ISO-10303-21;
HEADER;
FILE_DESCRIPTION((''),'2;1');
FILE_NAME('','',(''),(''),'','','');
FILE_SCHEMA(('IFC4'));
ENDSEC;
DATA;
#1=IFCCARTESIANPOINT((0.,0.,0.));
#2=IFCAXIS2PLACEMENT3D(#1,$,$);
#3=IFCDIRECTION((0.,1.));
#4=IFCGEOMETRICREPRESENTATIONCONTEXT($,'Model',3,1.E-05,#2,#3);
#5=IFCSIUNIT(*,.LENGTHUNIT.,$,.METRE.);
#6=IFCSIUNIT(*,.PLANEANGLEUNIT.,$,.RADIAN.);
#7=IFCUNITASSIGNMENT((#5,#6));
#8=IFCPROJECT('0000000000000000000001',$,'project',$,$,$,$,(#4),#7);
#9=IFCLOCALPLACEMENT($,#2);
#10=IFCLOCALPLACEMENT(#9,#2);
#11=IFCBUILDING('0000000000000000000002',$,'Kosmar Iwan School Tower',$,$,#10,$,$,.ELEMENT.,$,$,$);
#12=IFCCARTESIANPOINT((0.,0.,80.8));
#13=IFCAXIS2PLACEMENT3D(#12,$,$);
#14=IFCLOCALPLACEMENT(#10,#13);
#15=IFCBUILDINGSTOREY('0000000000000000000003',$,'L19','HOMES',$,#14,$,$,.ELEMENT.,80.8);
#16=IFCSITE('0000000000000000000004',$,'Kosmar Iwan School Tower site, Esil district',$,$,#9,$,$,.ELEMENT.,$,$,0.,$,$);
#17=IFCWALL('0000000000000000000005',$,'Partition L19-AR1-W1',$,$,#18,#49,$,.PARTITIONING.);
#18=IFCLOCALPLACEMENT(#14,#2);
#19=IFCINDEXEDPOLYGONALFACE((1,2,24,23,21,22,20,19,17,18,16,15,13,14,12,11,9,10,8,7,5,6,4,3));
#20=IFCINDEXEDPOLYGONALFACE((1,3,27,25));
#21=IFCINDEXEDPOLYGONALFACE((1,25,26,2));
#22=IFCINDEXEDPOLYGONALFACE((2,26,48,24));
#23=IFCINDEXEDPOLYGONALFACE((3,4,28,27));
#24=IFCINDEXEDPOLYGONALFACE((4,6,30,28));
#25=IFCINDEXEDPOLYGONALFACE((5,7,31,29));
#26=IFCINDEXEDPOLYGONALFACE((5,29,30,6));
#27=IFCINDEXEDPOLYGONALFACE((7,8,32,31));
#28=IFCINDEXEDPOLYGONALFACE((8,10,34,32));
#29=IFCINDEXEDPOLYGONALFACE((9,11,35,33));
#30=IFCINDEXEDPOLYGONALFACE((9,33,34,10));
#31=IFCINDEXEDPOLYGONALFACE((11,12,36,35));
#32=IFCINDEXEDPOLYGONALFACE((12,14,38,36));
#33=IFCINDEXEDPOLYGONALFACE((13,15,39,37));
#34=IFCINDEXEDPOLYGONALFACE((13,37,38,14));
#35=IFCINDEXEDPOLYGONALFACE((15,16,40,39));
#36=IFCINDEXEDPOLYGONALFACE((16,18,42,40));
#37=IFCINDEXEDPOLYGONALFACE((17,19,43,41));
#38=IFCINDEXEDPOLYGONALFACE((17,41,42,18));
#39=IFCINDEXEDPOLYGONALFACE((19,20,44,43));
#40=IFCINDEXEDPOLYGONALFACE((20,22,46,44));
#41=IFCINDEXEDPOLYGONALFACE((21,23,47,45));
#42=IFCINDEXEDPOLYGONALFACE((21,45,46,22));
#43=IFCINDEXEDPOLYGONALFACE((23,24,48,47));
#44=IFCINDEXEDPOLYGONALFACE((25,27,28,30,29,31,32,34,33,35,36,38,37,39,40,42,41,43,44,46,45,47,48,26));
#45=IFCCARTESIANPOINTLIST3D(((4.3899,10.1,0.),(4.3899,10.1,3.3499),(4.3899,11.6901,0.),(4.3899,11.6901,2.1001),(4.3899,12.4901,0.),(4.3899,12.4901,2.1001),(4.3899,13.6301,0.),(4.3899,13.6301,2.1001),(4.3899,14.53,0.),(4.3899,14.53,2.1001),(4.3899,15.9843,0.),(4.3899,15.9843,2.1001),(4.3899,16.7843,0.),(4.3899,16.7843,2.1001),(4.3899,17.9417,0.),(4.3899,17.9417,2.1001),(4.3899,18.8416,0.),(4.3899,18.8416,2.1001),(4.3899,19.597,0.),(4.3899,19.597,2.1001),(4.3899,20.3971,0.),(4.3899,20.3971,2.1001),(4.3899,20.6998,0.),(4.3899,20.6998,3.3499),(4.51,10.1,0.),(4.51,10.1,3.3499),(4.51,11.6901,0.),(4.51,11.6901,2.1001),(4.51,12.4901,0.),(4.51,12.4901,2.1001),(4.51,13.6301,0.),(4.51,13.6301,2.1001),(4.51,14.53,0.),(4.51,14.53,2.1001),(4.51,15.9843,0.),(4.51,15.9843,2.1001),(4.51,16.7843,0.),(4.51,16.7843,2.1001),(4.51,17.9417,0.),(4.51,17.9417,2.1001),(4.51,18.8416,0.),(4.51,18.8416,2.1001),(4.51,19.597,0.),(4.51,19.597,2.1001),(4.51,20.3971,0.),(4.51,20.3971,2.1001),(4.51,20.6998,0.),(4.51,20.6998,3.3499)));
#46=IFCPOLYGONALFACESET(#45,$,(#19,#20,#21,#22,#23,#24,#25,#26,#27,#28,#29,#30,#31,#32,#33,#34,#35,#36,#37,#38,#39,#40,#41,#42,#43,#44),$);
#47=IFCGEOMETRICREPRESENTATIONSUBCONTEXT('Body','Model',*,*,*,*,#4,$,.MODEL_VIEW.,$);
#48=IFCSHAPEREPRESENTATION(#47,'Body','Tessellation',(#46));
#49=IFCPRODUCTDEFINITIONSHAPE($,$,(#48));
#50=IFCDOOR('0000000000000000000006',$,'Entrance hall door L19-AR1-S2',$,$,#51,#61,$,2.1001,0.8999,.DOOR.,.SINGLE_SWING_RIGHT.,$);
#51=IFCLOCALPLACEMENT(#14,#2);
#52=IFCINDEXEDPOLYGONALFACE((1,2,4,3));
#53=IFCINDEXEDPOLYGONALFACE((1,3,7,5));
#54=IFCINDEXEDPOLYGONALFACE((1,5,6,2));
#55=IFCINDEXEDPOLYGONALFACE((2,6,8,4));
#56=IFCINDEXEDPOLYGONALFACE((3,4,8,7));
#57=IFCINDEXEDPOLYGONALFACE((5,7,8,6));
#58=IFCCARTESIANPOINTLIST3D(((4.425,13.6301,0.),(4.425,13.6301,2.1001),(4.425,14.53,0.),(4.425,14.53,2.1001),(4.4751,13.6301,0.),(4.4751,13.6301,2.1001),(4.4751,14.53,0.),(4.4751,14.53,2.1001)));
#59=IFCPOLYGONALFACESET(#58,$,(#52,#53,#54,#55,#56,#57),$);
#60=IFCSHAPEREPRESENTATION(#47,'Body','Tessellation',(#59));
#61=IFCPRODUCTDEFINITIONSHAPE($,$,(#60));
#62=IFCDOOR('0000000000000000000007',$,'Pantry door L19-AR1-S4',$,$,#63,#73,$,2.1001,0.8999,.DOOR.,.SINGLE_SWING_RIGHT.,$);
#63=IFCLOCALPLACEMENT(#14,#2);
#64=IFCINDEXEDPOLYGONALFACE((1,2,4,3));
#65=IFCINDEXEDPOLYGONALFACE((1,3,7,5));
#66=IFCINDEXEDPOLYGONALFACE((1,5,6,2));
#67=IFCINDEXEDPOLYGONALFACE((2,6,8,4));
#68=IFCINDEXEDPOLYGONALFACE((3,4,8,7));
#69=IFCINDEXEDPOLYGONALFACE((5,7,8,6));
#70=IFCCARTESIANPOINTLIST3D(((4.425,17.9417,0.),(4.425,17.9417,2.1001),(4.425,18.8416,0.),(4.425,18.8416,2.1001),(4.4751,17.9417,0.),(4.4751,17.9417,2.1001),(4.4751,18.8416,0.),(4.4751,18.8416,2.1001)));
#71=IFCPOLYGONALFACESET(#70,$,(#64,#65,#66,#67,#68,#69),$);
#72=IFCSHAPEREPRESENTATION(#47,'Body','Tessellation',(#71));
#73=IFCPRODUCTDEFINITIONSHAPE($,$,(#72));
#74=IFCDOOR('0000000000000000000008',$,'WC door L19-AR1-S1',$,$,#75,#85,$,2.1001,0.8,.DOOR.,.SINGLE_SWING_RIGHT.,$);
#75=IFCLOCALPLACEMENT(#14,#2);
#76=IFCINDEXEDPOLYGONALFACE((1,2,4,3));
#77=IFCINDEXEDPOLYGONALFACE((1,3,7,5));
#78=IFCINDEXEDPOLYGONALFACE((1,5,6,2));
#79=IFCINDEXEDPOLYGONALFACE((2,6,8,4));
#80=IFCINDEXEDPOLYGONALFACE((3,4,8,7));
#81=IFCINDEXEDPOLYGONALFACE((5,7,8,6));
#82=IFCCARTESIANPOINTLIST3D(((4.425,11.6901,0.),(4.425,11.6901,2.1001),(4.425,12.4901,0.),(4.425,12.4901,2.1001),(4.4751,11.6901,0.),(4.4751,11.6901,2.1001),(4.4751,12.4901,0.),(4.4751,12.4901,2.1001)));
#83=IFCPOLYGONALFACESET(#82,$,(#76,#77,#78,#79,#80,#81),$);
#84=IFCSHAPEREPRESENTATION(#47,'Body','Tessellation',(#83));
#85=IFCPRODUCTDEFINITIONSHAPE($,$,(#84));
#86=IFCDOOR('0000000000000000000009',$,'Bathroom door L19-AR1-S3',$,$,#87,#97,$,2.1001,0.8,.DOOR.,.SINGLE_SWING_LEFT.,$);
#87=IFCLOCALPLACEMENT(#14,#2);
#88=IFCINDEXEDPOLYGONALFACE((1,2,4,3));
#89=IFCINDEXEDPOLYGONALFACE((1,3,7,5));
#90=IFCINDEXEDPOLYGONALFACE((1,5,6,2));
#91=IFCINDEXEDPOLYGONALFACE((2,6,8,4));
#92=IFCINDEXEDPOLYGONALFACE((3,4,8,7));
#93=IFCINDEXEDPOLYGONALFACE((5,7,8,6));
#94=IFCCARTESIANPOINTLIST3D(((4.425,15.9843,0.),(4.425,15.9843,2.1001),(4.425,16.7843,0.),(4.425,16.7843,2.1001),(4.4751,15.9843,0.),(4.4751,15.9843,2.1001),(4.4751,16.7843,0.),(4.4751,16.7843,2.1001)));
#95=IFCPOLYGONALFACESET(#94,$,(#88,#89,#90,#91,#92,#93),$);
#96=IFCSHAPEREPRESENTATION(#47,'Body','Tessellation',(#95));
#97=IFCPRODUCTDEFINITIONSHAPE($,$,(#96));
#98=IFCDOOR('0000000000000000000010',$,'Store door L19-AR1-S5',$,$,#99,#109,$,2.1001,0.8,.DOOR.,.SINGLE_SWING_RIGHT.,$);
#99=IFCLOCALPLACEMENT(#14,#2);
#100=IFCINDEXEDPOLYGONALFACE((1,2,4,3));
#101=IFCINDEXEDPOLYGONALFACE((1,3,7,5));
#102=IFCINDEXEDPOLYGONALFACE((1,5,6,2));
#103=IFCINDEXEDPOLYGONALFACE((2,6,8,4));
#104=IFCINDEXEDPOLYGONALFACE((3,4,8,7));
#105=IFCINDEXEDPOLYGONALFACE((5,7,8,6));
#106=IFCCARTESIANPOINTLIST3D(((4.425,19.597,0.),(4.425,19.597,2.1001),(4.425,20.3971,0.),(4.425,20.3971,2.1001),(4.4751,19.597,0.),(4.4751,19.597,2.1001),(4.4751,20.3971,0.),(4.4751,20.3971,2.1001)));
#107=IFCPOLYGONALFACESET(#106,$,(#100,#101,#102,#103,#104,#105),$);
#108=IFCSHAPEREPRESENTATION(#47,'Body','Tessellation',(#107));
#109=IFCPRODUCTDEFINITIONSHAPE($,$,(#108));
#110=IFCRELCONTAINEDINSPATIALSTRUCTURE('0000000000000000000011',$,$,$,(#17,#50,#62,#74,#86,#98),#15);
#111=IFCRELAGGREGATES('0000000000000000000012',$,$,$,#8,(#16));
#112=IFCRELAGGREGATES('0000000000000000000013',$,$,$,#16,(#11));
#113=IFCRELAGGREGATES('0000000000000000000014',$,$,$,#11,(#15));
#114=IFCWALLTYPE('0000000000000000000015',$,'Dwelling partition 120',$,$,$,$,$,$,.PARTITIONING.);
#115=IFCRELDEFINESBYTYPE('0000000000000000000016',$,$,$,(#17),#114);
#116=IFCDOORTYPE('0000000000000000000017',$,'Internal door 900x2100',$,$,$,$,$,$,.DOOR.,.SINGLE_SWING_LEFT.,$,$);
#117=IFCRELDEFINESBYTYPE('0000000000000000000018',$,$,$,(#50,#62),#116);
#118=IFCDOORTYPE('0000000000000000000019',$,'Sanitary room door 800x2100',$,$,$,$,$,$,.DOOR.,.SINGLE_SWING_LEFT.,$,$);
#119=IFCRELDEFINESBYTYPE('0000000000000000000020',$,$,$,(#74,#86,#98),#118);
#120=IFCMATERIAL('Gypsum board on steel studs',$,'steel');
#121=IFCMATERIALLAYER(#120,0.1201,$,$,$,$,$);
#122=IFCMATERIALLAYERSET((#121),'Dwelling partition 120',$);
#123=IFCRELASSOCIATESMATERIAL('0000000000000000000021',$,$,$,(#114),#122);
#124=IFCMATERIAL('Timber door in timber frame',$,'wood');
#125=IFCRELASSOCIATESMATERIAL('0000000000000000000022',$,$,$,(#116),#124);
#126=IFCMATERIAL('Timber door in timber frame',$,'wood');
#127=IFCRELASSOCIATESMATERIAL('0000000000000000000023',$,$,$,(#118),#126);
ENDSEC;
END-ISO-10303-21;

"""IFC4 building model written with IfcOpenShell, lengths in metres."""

from ifc_helpers import new_model, si_unit, direction, frame, frame_2d, origin, place, context, subcontext, project, spatial, rectangle, extrude, material, layer, layer_set, type_object, element, fill, save


model = new_model("IFC4")

# Units and contexts
model_context = context("Model", 3, precision=1e-05, world=origin(), true_north=direction((0.0, 1.0)))
body_context = subcontext(model_context, "Body", "Model", "MODEL_VIEW")
ifc_project = project(units=[si_unit("LENGTHUNIT", "METRE"), si_unit("PLANEANGLEUNIT", "RADIAN")], contexts=[model_context])

# Site, building, storey
site_placement = place(None, origin())
site = spatial("IfcSite", under=ifc_project, at=site_placement, Name="Kosmar Iwan School Tower site, Esil district", CompositionType="ELEMENT", RefElevation=0.0)
building_placement = place(site_placement, origin())
building = spatial("IfcBuilding", under=site, at=building_placement, Name="Kosmar Iwan School Tower", CompositionType="ELEMENT")
storey_placement = place(building_placement, frame((0.0, 0.0, 80.8)))
storey = spatial("IfcBuildingStorey", under=building, at=storey_placement, Name="L19", Description="HOMES", CompositionType="ELEMENT", Elevation=80.8)

# Wall, openings, doors
ifc_material_1 = material(Name="Gypsum board on steel studs", Category="steel")
ifc_layer_1 = layer(ifc_material_1, 0.1201)
ifc_layer_set_1 = layer_set([ifc_layer_1], Name="Dwelling partition 120")
wall_type_1 = type_object("IfcWallType", Name="Dwelling partition 120", PredefinedType="PARTITIONING", material=ifc_layer_set_1)
wall_1_placement = place(storey_placement, frame((4.45, 10.1001, 0.0), z_axis=(0.0, 0.0, 1.0), x_axis=(0.0, 1.0, 0.0)))
wall_1 = element("IfcWall", 1, at=wall_1_placement, inside=storey, type_object=wall_type_1, Name="Partition L19-AR1-W1", PredefinedType="PARTITIONING", context=body_context, shape_type="SweptSolid", body=[
    extrude(rectangle(XDim=10.5999, YDim=0.1201, at=frame_2d((5.2998, 0.0))), origin(), (0.0, 0.0, 1.0), 3.3499),
])
opening_1_placement = place(wall_1_placement, frame((1.5901, 0.0, 0.0)))
opening_1 = element("IfcOpeningElement", 2, at=opening_1_placement, cuts=wall_1, PredefinedType="OPENING", context=body_context, shape_type="SweptSolid", body=[
    extrude(rectangle(XDim=0.8, YDim=2.1001, at=frame_2d((0.3999, 1.05))), frame((0.0, 0.072, 0.0), z_axis=(0.0, -1.0, 0.0), x_axis=(1.0, 0.0, 0.0)), (0.0, 0.0, 1.0), 0.144),
])
opening_2_placement = place(wall_1_placement, frame((3.53, 0.0, 0.0)))
opening_2 = element("IfcOpeningElement", 3, at=opening_2_placement, cuts=wall_1, PredefinedType="OPENING", context=body_context, shape_type="SweptSolid", body=[
    extrude(rectangle(XDim=0.8999, YDim=2.1001, at=frame_2d((0.45, 1.05))), frame((0.0, 0.072, 0.0), z_axis=(0.0, -1.0, 0.0), x_axis=(1.0, 0.0, 0.0)), (0.0, 0.0, 1.0), 0.144),
])
opening_3_placement = place(wall_1_placement, frame((5.8843, 0.0, 0.0)))
opening_3 = element("IfcOpeningElement", 4, at=opening_3_placement, cuts=wall_1, PredefinedType="OPENING", context=body_context, shape_type="SweptSolid", body=[
    extrude(rectangle(XDim=0.8, YDim=2.1001, at=frame_2d((0.3999, 1.05))), frame((0.0, 0.072, 0.0), z_axis=(0.0, -1.0, 0.0), x_axis=(1.0, 0.0, 0.0)), (0.0, 0.0, 1.0), 0.144),
])
opening_4_placement = place(wall_1_placement, frame((7.8416, 0.0, 0.0)))
opening_4 = element("IfcOpeningElement", 5, at=opening_4_placement, cuts=wall_1, PredefinedType="OPENING", context=body_context, shape_type="SweptSolid", body=[
    extrude(rectangle(XDim=0.8999, YDim=2.1001, at=frame_2d((0.45, 1.05))), frame((0.0, 0.072, 0.0), z_axis=(0.0, -1.0, 0.0), x_axis=(1.0, 0.0, 0.0)), (0.0, 0.0, 1.0), 0.144),
])
opening_5_placement = place(wall_1_placement, frame((9.4971, 0.0, 0.0)))
opening_5 = element("IfcOpeningElement", 6, at=opening_5_placement, cuts=wall_1, PredefinedType="OPENING", context=body_context, shape_type="SweptSolid", body=[
    extrude(rectangle(XDim=0.8, YDim=2.1001, at=frame_2d((0.3999, 1.05))), frame((0.0, 0.072, 0.0), z_axis=(0.0, -1.0, 0.0), x_axis=(1.0, 0.0, 0.0)), (0.0, 0.0, 1.0), 0.144),
])
ifc_material_2 = material(Name="Timber door in timber frame", Category="wood")
door_type_1 = type_object("IfcDoorType", Name="Internal door 900x2100", OperationType="SINGLE_SWING_LEFT", PredefinedType="DOOR", material=ifc_material_2)
door_1_placement = place(opening_2_placement, origin())
door_1 = element("IfcDoor", 7, at=door_1_placement, inside=storey, type_object=door_type_1, Name="Entrance hall door L19-AR1-S2", OperationType="SINGLE_SWING_RIGHT", OverallHeight=2.1001, OverallWidth=0.8999, PredefinedType="DOOR", context=body_context, shape_type="SweptSolid", body=[
    extrude(rectangle(XDim=0.8999, YDim=2.1001, at=frame_2d((0.45, 1.05))), frame((0.0, 0.0249, 0.0), z_axis=(0.0, -1.0, 0.0), x_axis=(1.0, 0.0, 0.0)), (0.0, 0.0, 1.0), 0.05),
])
fill(opening_2, door_1)
door_2_placement = place(opening_4_placement, origin())
door_2 = element("IfcDoor", 8, at=door_2_placement, inside=storey, type_object=door_type_1, Name="Pantry door L19-AR1-S4", OperationType="SINGLE_SWING_RIGHT", OverallHeight=2.1001, OverallWidth=0.8999, PredefinedType="DOOR", context=body_context, shape_type="SweptSolid", body=[
    extrude(rectangle(XDim=0.8999, YDim=2.1001, at=frame_2d((0.45, 1.05))), frame((0.0, 0.0249, 0.0), z_axis=(0.0, -1.0, 0.0), x_axis=(1.0, 0.0, 0.0)), (0.0, 0.0, 1.0), 0.05),
])
fill(opening_4, door_2)
ifc_material_3 = material(Name="Timber door in timber frame", Category="wood")
door_type_2 = type_object("IfcDoorType", Name="Sanitary room door 800x2100", OperationType="SINGLE_SWING_LEFT", PredefinedType="DOOR", material=ifc_material_3)
door_3_placement = place(opening_1_placement, origin())
door_3 = element("IfcDoor", 9, at=door_3_placement, inside=storey, type_object=door_type_2, Name="WC door L19-AR1-S1", OperationType="SINGLE_SWING_RIGHT", OverallHeight=2.1001, OverallWidth=0.8, PredefinedType="DOOR", context=body_context, shape_type="SweptSolid", body=[
    extrude(rectangle(XDim=0.8, YDim=2.1001, at=frame_2d((0.3999, 1.05))), frame((0.0, 0.0249, 0.0), z_axis=(0.0, -1.0, 0.0), x_axis=(1.0, 0.0, 0.0)), (0.0, 0.0, 1.0), 0.05),
])
fill(opening_1, door_3)
door_4_placement = place(opening_3_placement, origin())
door_4 = element("IfcDoor", 10, at=door_4_placement, inside=storey, type_object=door_type_2, Name="Bathroom door L19-AR1-S3", OperationType="SINGLE_SWING_LEFT", OverallHeight=2.1001, OverallWidth=0.8, PredefinedType="DOOR", context=body_context, shape_type="SweptSolid", body=[
    extrude(rectangle(XDim=0.8, YDim=2.1001, at=frame_2d((0.3999, 1.05))), frame((0.0, 0.0249, 0.0), z_axis=(0.0, -1.0, 0.0), x_axis=(1.0, 0.0, 0.0)), (0.0, 0.0, 1.0), 0.05),
])
fill(opening_3, door_4)
door_5_placement = place(opening_5_placement, origin())
door_5 = element("IfcDoor", 11, at=door_5_placement, inside=storey, type_object=door_type_2, Name="Store door L19-AR1-S5", OperationType="SINGLE_SWING_RIGHT", OverallHeight=2.1001, OverallWidth=0.8, PredefinedType="DOOR", context=body_context, shape_type="SweptSolid", body=[
    extrude(rectangle(XDim=0.8, YDim=2.1001, at=frame_2d((0.3999, 1.05))), frame((0.0, 0.0249, 0.0), z_axis=(0.0, -1.0, 0.0), x_axis=(1.0, 0.0, 0.0)), (0.0, 0.0, 1.0), 0.05),
])
fill(opening_5, door_5)

save(model, "model.ifc")
